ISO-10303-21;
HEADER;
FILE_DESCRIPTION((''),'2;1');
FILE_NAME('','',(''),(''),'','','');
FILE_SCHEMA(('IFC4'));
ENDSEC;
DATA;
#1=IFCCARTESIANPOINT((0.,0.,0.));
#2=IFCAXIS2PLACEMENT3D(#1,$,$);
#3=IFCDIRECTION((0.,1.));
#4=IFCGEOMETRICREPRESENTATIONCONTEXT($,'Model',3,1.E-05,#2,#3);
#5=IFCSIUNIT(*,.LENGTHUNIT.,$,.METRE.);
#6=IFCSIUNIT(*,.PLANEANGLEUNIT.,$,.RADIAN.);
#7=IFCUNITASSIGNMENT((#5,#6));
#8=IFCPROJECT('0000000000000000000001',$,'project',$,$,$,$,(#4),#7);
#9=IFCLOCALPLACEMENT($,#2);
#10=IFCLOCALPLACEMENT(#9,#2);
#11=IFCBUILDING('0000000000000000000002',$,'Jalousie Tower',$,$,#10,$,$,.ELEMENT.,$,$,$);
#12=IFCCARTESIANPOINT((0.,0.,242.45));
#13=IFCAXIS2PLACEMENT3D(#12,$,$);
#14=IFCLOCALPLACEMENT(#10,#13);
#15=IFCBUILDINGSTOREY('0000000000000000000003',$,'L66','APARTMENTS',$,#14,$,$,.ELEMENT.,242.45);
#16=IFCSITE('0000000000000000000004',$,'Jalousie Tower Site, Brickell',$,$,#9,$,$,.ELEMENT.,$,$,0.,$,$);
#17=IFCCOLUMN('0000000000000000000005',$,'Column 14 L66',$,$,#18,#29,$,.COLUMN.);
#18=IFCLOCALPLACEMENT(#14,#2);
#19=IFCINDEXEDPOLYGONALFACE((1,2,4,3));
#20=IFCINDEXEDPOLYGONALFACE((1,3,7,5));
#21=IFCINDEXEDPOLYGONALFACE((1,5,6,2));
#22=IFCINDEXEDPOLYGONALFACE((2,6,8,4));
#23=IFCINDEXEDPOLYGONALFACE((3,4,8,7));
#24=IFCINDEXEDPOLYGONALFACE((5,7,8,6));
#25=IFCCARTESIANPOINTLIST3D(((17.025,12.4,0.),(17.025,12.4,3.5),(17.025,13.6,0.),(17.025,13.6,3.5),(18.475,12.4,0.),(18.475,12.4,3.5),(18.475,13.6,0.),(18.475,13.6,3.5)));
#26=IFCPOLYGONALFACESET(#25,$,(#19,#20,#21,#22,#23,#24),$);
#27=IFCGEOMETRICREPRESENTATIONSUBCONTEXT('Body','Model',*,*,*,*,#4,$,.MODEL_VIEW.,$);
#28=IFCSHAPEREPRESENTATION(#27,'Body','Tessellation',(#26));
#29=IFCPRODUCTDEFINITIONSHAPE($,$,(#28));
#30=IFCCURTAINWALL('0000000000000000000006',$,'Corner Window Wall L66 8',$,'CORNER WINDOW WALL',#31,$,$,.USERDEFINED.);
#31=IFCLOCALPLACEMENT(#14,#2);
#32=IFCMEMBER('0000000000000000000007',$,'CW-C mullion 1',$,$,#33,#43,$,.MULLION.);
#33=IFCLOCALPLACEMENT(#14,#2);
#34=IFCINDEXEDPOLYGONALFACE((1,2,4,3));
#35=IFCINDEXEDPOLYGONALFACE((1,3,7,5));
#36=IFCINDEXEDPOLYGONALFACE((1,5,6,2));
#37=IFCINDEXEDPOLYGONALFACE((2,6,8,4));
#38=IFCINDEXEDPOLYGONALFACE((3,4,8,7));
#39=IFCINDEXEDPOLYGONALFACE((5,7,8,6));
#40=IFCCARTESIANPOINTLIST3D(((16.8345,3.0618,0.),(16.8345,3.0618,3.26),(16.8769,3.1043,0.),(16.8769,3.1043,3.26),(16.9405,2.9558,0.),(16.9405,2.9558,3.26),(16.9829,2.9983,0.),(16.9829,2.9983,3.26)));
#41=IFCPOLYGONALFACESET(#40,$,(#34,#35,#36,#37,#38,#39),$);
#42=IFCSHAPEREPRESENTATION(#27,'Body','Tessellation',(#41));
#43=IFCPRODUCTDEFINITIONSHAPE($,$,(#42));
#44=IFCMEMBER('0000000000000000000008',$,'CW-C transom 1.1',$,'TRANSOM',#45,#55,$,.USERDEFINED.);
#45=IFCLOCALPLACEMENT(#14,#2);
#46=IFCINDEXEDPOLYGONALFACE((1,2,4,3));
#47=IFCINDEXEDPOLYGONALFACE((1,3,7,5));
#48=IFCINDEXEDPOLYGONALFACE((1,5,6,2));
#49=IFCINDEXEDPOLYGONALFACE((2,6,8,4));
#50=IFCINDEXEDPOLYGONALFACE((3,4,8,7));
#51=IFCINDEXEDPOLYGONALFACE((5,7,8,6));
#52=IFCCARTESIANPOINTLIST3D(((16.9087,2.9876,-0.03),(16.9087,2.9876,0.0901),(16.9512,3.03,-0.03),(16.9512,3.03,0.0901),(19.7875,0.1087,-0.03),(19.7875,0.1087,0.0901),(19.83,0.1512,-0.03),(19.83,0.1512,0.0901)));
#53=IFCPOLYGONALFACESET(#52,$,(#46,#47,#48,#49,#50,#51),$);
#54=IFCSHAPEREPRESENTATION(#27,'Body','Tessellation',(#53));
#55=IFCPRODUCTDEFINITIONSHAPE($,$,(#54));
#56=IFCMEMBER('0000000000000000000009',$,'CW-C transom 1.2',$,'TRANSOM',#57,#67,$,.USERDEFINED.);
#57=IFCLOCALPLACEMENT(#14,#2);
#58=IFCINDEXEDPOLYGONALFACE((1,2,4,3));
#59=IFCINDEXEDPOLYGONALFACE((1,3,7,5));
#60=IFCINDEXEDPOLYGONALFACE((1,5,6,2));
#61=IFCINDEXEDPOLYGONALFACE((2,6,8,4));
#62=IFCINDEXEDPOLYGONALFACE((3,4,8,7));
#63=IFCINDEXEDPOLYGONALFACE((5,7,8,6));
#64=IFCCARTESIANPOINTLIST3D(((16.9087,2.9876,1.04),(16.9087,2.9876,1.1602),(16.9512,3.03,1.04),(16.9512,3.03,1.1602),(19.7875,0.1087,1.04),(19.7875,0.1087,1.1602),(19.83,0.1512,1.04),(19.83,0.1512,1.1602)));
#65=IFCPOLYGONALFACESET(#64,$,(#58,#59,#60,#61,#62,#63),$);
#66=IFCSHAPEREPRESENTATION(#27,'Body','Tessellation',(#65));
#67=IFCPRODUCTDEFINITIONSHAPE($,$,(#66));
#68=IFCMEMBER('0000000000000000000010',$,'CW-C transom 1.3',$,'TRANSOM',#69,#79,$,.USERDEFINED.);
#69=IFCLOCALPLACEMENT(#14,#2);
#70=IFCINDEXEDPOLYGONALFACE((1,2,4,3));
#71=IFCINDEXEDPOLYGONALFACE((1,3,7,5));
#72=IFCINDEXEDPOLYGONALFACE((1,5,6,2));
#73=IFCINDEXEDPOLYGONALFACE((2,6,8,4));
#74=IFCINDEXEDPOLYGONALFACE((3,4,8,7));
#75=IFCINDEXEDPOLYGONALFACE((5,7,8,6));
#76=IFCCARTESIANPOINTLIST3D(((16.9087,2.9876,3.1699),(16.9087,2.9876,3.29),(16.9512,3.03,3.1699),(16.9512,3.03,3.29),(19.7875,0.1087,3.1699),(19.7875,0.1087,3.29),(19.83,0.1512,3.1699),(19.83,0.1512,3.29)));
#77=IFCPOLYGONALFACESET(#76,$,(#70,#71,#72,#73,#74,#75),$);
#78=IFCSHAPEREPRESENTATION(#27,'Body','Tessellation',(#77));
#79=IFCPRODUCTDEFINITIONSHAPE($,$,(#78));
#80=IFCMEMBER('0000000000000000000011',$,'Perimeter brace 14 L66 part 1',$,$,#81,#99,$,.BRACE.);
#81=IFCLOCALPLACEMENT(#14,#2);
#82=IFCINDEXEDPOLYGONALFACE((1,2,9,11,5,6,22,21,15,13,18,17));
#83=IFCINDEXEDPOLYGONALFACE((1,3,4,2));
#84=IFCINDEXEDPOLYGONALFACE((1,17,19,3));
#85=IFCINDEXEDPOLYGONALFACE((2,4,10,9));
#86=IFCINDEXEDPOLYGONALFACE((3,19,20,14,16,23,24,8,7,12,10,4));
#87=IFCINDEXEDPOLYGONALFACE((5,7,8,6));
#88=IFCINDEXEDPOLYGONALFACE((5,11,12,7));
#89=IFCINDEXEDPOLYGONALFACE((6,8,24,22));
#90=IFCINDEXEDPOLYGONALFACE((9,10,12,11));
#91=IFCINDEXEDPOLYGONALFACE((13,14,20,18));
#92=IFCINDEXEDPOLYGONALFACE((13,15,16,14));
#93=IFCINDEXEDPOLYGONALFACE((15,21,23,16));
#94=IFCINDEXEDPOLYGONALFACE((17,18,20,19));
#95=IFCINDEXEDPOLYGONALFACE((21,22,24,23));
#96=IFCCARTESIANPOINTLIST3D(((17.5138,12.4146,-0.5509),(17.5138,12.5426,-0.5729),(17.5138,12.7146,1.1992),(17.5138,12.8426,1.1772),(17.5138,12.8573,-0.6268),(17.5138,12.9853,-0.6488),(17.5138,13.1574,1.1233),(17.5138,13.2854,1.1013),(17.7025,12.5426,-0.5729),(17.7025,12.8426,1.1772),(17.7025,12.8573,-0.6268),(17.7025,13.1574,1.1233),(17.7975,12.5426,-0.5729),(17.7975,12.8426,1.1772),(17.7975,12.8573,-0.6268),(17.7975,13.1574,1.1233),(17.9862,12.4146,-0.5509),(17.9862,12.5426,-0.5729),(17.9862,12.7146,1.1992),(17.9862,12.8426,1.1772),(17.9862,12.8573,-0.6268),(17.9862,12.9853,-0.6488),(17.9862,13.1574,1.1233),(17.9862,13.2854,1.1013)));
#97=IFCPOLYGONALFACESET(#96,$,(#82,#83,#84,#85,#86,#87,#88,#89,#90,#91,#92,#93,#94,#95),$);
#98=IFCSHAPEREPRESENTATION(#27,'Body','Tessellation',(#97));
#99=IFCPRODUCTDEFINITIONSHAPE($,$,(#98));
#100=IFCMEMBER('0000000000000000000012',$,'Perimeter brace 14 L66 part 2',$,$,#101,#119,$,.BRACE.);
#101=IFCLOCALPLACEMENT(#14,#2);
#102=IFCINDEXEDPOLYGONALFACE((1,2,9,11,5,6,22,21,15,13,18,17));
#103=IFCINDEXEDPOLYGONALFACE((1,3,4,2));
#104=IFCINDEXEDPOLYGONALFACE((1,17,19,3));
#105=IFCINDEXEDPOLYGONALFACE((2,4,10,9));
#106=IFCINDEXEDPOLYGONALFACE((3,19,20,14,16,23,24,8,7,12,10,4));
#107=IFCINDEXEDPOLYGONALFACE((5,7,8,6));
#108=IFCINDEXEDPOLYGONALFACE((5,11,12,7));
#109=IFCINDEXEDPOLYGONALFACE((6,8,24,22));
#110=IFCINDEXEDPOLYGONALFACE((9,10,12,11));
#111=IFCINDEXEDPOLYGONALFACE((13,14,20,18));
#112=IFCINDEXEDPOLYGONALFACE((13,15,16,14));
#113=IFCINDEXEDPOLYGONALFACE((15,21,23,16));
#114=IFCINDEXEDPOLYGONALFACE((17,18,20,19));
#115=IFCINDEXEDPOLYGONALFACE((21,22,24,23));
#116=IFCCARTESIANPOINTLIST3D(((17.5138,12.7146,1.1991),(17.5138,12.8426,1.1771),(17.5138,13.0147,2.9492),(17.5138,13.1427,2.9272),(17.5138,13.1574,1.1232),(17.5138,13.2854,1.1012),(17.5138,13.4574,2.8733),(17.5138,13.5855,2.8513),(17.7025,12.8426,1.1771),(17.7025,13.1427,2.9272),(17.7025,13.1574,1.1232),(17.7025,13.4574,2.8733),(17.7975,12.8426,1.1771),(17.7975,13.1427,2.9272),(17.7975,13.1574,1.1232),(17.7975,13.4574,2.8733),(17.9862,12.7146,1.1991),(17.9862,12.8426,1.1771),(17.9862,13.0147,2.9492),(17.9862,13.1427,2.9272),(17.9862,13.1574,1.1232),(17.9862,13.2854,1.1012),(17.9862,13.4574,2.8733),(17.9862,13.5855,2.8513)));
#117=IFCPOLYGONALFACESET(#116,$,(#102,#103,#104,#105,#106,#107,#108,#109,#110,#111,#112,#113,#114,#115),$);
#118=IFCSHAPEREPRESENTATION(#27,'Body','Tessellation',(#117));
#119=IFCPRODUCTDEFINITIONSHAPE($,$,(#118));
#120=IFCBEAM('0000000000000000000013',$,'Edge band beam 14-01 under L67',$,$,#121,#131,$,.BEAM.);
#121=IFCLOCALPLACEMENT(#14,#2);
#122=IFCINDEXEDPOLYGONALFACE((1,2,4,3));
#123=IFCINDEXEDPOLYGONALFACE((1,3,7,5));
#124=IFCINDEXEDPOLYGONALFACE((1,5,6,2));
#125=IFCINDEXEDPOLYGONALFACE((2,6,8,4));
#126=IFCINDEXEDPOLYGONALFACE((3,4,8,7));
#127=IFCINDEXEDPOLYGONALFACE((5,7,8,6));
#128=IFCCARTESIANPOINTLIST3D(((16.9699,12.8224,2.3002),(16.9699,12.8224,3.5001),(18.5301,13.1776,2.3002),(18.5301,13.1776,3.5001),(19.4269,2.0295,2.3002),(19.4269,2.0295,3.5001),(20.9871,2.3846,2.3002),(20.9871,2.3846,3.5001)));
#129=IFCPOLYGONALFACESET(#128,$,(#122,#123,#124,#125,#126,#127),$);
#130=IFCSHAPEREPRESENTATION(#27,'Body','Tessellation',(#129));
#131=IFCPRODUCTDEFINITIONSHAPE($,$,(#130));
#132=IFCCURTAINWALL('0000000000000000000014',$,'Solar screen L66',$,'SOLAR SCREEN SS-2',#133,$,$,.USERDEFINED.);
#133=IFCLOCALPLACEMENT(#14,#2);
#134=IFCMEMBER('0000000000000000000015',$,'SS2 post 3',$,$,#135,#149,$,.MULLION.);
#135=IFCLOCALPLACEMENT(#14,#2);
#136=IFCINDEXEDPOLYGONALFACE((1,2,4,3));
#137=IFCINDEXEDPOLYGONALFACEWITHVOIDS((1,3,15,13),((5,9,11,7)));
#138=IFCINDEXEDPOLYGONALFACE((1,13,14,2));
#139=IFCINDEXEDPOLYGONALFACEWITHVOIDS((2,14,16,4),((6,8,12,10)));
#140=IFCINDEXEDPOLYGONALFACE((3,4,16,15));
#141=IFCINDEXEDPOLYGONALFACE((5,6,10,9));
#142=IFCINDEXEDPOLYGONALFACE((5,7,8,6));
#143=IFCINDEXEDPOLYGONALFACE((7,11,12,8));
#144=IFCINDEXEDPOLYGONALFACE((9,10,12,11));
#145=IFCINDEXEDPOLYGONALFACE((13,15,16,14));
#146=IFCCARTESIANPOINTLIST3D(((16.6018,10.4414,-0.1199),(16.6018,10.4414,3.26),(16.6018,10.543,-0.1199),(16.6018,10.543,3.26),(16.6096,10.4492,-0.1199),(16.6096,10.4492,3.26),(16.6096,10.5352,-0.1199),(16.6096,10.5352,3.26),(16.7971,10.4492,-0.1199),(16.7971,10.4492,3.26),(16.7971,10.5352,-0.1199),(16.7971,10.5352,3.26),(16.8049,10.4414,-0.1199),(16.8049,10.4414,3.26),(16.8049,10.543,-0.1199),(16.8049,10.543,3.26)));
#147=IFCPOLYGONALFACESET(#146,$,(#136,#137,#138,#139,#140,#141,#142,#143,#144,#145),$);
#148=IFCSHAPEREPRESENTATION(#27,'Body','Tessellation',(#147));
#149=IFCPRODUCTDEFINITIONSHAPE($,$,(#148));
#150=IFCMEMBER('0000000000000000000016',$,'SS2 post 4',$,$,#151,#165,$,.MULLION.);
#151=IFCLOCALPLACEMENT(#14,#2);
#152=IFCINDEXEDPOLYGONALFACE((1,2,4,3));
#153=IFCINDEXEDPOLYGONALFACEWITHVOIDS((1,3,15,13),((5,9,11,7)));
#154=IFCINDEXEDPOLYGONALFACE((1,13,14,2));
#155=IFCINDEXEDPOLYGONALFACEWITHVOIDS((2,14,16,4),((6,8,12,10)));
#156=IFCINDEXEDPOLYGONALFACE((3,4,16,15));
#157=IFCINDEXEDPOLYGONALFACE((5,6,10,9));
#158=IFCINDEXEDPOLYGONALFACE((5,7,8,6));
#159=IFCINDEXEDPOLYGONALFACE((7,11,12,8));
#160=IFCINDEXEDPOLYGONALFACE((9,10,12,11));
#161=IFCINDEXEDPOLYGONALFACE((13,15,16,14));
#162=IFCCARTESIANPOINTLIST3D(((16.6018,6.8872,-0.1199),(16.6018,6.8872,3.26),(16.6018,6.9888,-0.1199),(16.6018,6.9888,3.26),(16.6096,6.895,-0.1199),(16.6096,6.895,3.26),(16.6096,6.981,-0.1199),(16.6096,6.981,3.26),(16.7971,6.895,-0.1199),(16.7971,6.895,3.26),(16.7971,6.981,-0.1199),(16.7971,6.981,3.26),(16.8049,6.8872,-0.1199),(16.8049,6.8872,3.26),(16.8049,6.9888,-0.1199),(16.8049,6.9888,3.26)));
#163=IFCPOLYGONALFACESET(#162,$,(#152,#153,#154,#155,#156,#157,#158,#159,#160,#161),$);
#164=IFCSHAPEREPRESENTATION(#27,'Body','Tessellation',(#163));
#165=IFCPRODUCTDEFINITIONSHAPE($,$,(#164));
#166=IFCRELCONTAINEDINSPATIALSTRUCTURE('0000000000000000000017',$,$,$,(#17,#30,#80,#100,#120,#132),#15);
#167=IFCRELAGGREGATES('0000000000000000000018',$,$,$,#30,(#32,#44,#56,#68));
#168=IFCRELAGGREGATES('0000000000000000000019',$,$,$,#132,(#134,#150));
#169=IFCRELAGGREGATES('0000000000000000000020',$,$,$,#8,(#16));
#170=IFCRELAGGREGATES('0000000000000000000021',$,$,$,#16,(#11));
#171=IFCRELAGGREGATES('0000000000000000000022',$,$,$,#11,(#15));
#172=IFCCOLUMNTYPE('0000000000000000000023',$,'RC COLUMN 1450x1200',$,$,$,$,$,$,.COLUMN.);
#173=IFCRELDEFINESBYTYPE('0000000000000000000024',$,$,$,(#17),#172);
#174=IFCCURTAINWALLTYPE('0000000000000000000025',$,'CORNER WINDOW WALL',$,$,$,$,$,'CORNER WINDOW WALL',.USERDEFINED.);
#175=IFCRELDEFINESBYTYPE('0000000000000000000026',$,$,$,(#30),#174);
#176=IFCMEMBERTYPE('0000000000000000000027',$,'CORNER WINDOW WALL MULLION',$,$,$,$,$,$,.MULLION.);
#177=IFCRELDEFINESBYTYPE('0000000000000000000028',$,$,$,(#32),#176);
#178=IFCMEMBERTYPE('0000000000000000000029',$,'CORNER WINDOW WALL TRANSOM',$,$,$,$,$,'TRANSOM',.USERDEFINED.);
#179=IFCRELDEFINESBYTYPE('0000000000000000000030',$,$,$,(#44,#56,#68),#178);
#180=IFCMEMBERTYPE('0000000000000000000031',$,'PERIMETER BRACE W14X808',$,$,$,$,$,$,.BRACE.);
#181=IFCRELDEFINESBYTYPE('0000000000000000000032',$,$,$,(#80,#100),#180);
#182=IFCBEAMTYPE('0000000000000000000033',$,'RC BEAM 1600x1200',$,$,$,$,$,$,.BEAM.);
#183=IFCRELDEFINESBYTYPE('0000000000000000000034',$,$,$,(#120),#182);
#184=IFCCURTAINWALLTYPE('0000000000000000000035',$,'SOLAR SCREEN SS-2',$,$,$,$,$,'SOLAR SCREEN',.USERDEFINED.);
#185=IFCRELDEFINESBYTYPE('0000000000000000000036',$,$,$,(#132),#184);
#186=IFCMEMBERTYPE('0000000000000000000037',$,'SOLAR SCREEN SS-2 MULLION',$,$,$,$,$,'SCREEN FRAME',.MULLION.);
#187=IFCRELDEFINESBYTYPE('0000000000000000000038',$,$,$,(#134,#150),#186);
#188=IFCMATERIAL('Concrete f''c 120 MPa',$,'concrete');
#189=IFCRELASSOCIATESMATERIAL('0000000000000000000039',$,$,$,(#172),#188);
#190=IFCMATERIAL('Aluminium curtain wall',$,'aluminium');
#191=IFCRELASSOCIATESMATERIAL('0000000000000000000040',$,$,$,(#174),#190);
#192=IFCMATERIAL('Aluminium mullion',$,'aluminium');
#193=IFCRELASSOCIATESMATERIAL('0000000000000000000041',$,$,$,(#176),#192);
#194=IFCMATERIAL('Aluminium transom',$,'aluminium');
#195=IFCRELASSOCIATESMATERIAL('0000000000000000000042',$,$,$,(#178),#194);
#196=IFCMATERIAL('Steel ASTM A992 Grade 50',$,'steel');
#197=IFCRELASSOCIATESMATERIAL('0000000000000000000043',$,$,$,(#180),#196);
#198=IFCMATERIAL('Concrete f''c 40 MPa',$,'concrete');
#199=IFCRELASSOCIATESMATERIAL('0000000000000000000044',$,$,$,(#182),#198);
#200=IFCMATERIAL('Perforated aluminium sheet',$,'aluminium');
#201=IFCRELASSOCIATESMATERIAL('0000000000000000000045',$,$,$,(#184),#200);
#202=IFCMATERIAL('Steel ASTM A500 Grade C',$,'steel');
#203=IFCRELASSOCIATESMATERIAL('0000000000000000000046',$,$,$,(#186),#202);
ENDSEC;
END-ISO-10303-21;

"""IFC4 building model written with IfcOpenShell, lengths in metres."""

from ifc_helpers import new_model, si_unit, direction, frame, origin, origin_2d, place, context, subcontext, project, spatial, rectangle, hollow_rectangle, i_section, extrude, material, material_profile, profile_set, type_object, element, aggregate, save


model = new_model("IFC4")

# Units and contexts
model_context = context("Model", 3, precision=1e-05, world=origin(), true_north=direction((0.0, 1.0)))
body_context = subcontext(model_context, "Body", "Model", "MODEL_VIEW")
ifc_project = project(units=[si_unit("LENGTHUNIT", "METRE"), si_unit("PLANEANGLEUNIT", "RADIAN")], contexts=[model_context])

# Site, building, storey
site_placement = place(None, origin())
site = spatial("IfcSite", under=ifc_project, at=site_placement, Name="Jalousie Tower Site, Brickell", CompositionType="ELEMENT", RefElevation=0.0)
building_placement = place(site_placement, origin())
building = spatial("IfcBuilding", under=site, at=building_placement, Name="Jalousie Tower", CompositionType="ELEMENT")
storey_placement = place(building_placement, frame((0.0, 0.0, 242.45)))
storey = spatial("IfcBuildingStorey", under=building, at=storey_placement, Name="L66", Description="APARTMENTS", CompositionType="ELEMENT", Elevation=242.45)

# Column
ifc_material_1 = material(Name="Concrete f'c 120 MPa", Category="concrete")
ifc_material_profile_1 = material_profile(ifc_material_1, rectangle(XDim=1.45, YDim=1.2, at=origin_2d()), Name="RC 1450x1200")
ifc_profile_set_1 = profile_set([ifc_material_profile_1], Name="Concrete f'c 120 MPa")
column_type = type_object("IfcColumnType", Name="RC COLUMN 1450x1200", PredefinedType="COLUMN", material=ifc_profile_set_1)
column_placement = place(storey_placement, frame((17.75, 13.0, 0.0), z_axis=(0.0, 0.0, 1.0), x_axis=(1.0, 0.0, 0.0)))
element("IfcColumn", 1, at=column_placement, inside=storey, type_object=column_type, Name="Column 14 L66", PredefinedType="COLUMN", context=body_context, shape_type="SweptSolid", body=[
    extrude(rectangle(XDim=1.45, YDim=1.2, at=origin_2d()), origin(), (0.0, 0.0, 1.0), 3.5),
])

# Curtain wall, members
ifc_material_2 = material(Name="Aluminium curtain wall", Category="aluminium")
curtain_wall_type_1 = type_object("IfcCurtainWallType", Name="CORNER WINDOW WALL", ElementType="CORNER WINDOW WALL", PredefinedType="USERDEFINED", material=ifc_material_2)
curtain_wall_1_placement = place(storey_placement, origin())
curtain_wall_1 = element("IfcCurtainWall", 2, at=curtain_wall_1_placement, inside=storey, type_object=curtain_wall_type_1, Name="Corner Window Wall L66 8", ObjectType="CORNER WINDOW WALL", PredefinedType="USERDEFINED")
ifc_material_3 = material(Name="Aluminium mullion", Category="aluminium")
ifc_material_profile_2 = material_profile(ifc_material_3, rectangle(XDim=0.0601, YDim=0.1499, at=origin_2d()), Name="MULLION 60x150")
ifc_profile_set_2 = profile_set([ifc_material_profile_2], Name="Aluminium mullion")
member_type_1 = type_object("IfcMemberType", Name="CORNER WINDOW WALL MULLION", PredefinedType="MULLION", material=ifc_profile_set_2)
member_1_placement = place(storey_placement, frame((16.9087, 3.03, 0.0), z_axis=(0.0, 0.0, 1.0), x_axis=(0.707107, 0.707107, 0.0)))
member_1 = element("IfcMember", 3, at=member_1_placement, type_object=member_type_1, Name="CW-C mullion 1", PredefinedType="MULLION", context=body_context, shape_type="SweptSolid", body=[
    extrude(rectangle(XDim=0.0601, YDim=0.1499, at=origin_2d()), origin(), (0.0, 0.0, 1.0), 3.26),
])
ifc_material_4 = material(Name="Aluminium transom", Category="aluminium")
ifc_material_profile_3 = material_profile(ifc_material_4, rectangle(XDim=0.0601, YDim=0.1201, at=origin_2d()), Name="TRANSOM 60x120")
ifc_profile_set_3 = profile_set([ifc_material_profile_3], Name="Aluminium transom")
member_type_2 = type_object("IfcMemberType", Name="CORNER WINDOW WALL TRANSOM", ElementType="TRANSOM", PredefinedType="USERDEFINED", material=ifc_profile_set_3)
member_2_placement = place(storey_placement, frame((16.9299, 3.0088, 0.03), z_axis=(0.707107, -0.707107, 0.0), x_axis=(0.707107, 0.707107, 0.0)))
member_2 = element("IfcMember", 4, at=member_2_placement, type_object=member_type_2, Name="CW-C transom 1.1", ObjectType="TRANSOM", PredefinedType="USERDEFINED", context=body_context, shape_type="SweptSolid", body=[
    extrude(rectangle(XDim=0.0601, YDim=0.1201, at=origin_2d()), origin(), (0.0, 0.0, 1.0), 4.0713),
])
member_3_placement = place(storey_placement, frame((16.9299, 3.0088, 1.1001), z_axis=(0.707107, -0.707107, 0.0), x_axis=(0.707107, 0.707107, 0.0)))
member_3 = element("IfcMember", 5, at=member_3_placement, type_object=member_type_2, Name="CW-C transom 1.2", ObjectType="TRANSOM", PredefinedType="USERDEFINED", context=body_context, shape_type="SweptSolid", body=[
    extrude(rectangle(XDim=0.0601, YDim=0.1201, at=origin_2d()), origin(), (0.0, 0.0, 1.0), 4.0713),
])
member_4_placement = place(storey_placement, frame((16.9299, 3.0088, 3.23), z_axis=(0.707107, -0.707107, 0.0), x_axis=(0.707107, 0.707107, 0.0)))
member_4 = element("IfcMember", 6, at=member_4_placement, type_object=member_type_2, Name="CW-C transom 1.3", ObjectType="TRANSOM", PredefinedType="USERDEFINED", context=body_context, shape_type="SweptSolid", body=[
    extrude(rectangle(XDim=0.0601, YDim=0.1201, at=origin_2d()), origin(), (0.0, 0.0, 1.0), 4.0713),
])
aggregate(curtain_wall_1, [member_1, member_2, member_3, member_4])

# Members
ifc_material_5 = material(Name="Steel ASTM A992 Grade 50", Category="steel")
ifc_material_profile_4 = material_profile(ifc_material_5, i_section(OverallWidth=0.4724, OverallDepth=0.5791, WebThickness=0.095, FlangeThickness=0.1299, at=origin_2d()), Name="W14X808")
ifc_profile_set_4 = profile_set([ifc_material_profile_4], Name="Steel ASTM A992 Grade 50")
member_type_3 = type_object("IfcMemberType", Name="PERIMETER BRACE W14X808", PredefinedType="BRACE", material=ifc_profile_set_4)
for number, where, z_axis, x_axis, name in (
    (7, (17.75, 12.7, -0.5999), (0.0, 0.168991, 0.985618), (-1.0, 0.0, 0.0), "Perimeter brace 14 L66 part 1"),
    (8, (17.75, 13.0, 1.1501), (0.0, 0.168991, 0.985618), (-1.0, 0.0, 0.0), "Perimeter brace 14 L66 part 2"),
):
    element("IfcMember", number, at=place(storey_placement, frame(where, z_axis=z_axis, x_axis=x_axis)), inside=storey, type_object=member_type_3, Name=name, PredefinedType="BRACE", context=body_context, shape_type="SweptSolid", body=[
        extrude(i_section(OverallWidth=0.4724, OverallDepth=0.5791, WebThickness=0.095, FlangeThickness=0.1299, at=origin_2d()), origin(), (0.0, 0.0, 1.0), 1.7756),
    ])

# Beam
ifc_material_6 = material(Name="Concrete f'c 40 MPa", Category="concrete")
ifc_material_profile_5 = material_profile(ifc_material_6, rectangle(XDim=1.6001, YDim=1.2, at=origin_2d()), Name="RC 1600x1200")
ifc_profile_set_5 = profile_set([ifc_material_profile_5], Name="Concrete f'c 40 MPa")
beam_type = type_object("IfcBeamType", Name="RC BEAM 1600x1200", PredefinedType="BEAM", material=ifc_profile_set_5)
beam_placement = place(storey_placement, frame((17.75, 13.0, 2.9001), z_axis=(0.221972, -0.975053, 0.0), x_axis=(0.975053, 0.221972, 0.0)))
element("IfcBeam", 9, at=beam_placement, inside=storey, type_object=beam_type, Name="Edge band beam 14-01 under L67", PredefinedType="BEAM", context=body_context, shape_type="SweptSolid", body=[
    extrude(rectangle(XDim=1.6001, YDim=1.2, at=origin_2d()), origin(), (0.0, 0.0, 1.0), 11.0691),
])

# Curtain wall, members
ifc_material_7 = material(Name="Perforated aluminium sheet", Category="aluminium")
curtain_wall_type_2 = type_object("IfcCurtainWallType", Name="SOLAR SCREEN SS-2", ElementType="SOLAR SCREEN", PredefinedType="USERDEFINED", material=ifc_material_7)
curtain_wall_2_placement = place(storey_placement, origin())
curtain_wall_2 = element("IfcCurtainWall", 10, at=curtain_wall_2_placement, inside=storey, type_object=curtain_wall_type_2, Name="Solar screen L66", ObjectType="SOLAR SCREEN SS-2", PredefinedType="USERDEFINED")
ifc_material_8 = material(Name="Steel ASTM A500 Grade C", Category="steel")
ifc_material_profile_6 = material_profile(ifc_material_8, hollow_rectangle(XDim=0.1016, YDim=0.2031, WallThickness=0.0078, at=origin_2d()), Name="HSS8X4X5/16")
ifc_profile_set_6 = profile_set([ifc_material_profile_6], Name="Steel ASTM A500 Grade C")
member_type_4 = type_object("IfcMemberType", Name="SOLAR SCREEN SS-2 MULLION", ElementType="SCREEN FRAME", PredefinedType="MULLION", material=ifc_profile_set_6)
member_5_placement = place(storey_placement, frame((16.7034, 10.4922, -0.1199), z_axis=(0.0, 0.0, 1.0), x_axis=(0.0, -1.0, 0.0)))
member_5 = element("IfcMember", 11, at=member_5_placement, type_object=member_type_4, Name="SS2 post 3", PredefinedType="MULLION", context=body_context, shape_type="SweptSolid", body=[
    extrude(hollow_rectangle(XDim=0.1016, YDim=0.2031, WallThickness=0.0078, at=origin_2d()), origin(), (0.0, 0.0, 1.0), 3.3799),
])
member_6_placement = place(storey_placement, frame((16.7034, 6.938, -0.1199), z_axis=(0.0, 0.0, 1.0), x_axis=(0.0, -1.0, 0.0)))
member_6 = element("IfcMember", 12, at=member_6_placement, type_object=member_type_4, Name="SS2 post 4", PredefinedType="MULLION", context=body_context, shape_type="SweptSolid", body=[
    extrude(hollow_rectangle(XDim=0.1016, YDim=0.2031, WallThickness=0.0078, at=origin_2d()), origin(), (0.0, 0.0, 1.0), 3.3799),
])

aggregate(curtain_wall_2, [member_5, member_6])

save(model, "model.ifc")
